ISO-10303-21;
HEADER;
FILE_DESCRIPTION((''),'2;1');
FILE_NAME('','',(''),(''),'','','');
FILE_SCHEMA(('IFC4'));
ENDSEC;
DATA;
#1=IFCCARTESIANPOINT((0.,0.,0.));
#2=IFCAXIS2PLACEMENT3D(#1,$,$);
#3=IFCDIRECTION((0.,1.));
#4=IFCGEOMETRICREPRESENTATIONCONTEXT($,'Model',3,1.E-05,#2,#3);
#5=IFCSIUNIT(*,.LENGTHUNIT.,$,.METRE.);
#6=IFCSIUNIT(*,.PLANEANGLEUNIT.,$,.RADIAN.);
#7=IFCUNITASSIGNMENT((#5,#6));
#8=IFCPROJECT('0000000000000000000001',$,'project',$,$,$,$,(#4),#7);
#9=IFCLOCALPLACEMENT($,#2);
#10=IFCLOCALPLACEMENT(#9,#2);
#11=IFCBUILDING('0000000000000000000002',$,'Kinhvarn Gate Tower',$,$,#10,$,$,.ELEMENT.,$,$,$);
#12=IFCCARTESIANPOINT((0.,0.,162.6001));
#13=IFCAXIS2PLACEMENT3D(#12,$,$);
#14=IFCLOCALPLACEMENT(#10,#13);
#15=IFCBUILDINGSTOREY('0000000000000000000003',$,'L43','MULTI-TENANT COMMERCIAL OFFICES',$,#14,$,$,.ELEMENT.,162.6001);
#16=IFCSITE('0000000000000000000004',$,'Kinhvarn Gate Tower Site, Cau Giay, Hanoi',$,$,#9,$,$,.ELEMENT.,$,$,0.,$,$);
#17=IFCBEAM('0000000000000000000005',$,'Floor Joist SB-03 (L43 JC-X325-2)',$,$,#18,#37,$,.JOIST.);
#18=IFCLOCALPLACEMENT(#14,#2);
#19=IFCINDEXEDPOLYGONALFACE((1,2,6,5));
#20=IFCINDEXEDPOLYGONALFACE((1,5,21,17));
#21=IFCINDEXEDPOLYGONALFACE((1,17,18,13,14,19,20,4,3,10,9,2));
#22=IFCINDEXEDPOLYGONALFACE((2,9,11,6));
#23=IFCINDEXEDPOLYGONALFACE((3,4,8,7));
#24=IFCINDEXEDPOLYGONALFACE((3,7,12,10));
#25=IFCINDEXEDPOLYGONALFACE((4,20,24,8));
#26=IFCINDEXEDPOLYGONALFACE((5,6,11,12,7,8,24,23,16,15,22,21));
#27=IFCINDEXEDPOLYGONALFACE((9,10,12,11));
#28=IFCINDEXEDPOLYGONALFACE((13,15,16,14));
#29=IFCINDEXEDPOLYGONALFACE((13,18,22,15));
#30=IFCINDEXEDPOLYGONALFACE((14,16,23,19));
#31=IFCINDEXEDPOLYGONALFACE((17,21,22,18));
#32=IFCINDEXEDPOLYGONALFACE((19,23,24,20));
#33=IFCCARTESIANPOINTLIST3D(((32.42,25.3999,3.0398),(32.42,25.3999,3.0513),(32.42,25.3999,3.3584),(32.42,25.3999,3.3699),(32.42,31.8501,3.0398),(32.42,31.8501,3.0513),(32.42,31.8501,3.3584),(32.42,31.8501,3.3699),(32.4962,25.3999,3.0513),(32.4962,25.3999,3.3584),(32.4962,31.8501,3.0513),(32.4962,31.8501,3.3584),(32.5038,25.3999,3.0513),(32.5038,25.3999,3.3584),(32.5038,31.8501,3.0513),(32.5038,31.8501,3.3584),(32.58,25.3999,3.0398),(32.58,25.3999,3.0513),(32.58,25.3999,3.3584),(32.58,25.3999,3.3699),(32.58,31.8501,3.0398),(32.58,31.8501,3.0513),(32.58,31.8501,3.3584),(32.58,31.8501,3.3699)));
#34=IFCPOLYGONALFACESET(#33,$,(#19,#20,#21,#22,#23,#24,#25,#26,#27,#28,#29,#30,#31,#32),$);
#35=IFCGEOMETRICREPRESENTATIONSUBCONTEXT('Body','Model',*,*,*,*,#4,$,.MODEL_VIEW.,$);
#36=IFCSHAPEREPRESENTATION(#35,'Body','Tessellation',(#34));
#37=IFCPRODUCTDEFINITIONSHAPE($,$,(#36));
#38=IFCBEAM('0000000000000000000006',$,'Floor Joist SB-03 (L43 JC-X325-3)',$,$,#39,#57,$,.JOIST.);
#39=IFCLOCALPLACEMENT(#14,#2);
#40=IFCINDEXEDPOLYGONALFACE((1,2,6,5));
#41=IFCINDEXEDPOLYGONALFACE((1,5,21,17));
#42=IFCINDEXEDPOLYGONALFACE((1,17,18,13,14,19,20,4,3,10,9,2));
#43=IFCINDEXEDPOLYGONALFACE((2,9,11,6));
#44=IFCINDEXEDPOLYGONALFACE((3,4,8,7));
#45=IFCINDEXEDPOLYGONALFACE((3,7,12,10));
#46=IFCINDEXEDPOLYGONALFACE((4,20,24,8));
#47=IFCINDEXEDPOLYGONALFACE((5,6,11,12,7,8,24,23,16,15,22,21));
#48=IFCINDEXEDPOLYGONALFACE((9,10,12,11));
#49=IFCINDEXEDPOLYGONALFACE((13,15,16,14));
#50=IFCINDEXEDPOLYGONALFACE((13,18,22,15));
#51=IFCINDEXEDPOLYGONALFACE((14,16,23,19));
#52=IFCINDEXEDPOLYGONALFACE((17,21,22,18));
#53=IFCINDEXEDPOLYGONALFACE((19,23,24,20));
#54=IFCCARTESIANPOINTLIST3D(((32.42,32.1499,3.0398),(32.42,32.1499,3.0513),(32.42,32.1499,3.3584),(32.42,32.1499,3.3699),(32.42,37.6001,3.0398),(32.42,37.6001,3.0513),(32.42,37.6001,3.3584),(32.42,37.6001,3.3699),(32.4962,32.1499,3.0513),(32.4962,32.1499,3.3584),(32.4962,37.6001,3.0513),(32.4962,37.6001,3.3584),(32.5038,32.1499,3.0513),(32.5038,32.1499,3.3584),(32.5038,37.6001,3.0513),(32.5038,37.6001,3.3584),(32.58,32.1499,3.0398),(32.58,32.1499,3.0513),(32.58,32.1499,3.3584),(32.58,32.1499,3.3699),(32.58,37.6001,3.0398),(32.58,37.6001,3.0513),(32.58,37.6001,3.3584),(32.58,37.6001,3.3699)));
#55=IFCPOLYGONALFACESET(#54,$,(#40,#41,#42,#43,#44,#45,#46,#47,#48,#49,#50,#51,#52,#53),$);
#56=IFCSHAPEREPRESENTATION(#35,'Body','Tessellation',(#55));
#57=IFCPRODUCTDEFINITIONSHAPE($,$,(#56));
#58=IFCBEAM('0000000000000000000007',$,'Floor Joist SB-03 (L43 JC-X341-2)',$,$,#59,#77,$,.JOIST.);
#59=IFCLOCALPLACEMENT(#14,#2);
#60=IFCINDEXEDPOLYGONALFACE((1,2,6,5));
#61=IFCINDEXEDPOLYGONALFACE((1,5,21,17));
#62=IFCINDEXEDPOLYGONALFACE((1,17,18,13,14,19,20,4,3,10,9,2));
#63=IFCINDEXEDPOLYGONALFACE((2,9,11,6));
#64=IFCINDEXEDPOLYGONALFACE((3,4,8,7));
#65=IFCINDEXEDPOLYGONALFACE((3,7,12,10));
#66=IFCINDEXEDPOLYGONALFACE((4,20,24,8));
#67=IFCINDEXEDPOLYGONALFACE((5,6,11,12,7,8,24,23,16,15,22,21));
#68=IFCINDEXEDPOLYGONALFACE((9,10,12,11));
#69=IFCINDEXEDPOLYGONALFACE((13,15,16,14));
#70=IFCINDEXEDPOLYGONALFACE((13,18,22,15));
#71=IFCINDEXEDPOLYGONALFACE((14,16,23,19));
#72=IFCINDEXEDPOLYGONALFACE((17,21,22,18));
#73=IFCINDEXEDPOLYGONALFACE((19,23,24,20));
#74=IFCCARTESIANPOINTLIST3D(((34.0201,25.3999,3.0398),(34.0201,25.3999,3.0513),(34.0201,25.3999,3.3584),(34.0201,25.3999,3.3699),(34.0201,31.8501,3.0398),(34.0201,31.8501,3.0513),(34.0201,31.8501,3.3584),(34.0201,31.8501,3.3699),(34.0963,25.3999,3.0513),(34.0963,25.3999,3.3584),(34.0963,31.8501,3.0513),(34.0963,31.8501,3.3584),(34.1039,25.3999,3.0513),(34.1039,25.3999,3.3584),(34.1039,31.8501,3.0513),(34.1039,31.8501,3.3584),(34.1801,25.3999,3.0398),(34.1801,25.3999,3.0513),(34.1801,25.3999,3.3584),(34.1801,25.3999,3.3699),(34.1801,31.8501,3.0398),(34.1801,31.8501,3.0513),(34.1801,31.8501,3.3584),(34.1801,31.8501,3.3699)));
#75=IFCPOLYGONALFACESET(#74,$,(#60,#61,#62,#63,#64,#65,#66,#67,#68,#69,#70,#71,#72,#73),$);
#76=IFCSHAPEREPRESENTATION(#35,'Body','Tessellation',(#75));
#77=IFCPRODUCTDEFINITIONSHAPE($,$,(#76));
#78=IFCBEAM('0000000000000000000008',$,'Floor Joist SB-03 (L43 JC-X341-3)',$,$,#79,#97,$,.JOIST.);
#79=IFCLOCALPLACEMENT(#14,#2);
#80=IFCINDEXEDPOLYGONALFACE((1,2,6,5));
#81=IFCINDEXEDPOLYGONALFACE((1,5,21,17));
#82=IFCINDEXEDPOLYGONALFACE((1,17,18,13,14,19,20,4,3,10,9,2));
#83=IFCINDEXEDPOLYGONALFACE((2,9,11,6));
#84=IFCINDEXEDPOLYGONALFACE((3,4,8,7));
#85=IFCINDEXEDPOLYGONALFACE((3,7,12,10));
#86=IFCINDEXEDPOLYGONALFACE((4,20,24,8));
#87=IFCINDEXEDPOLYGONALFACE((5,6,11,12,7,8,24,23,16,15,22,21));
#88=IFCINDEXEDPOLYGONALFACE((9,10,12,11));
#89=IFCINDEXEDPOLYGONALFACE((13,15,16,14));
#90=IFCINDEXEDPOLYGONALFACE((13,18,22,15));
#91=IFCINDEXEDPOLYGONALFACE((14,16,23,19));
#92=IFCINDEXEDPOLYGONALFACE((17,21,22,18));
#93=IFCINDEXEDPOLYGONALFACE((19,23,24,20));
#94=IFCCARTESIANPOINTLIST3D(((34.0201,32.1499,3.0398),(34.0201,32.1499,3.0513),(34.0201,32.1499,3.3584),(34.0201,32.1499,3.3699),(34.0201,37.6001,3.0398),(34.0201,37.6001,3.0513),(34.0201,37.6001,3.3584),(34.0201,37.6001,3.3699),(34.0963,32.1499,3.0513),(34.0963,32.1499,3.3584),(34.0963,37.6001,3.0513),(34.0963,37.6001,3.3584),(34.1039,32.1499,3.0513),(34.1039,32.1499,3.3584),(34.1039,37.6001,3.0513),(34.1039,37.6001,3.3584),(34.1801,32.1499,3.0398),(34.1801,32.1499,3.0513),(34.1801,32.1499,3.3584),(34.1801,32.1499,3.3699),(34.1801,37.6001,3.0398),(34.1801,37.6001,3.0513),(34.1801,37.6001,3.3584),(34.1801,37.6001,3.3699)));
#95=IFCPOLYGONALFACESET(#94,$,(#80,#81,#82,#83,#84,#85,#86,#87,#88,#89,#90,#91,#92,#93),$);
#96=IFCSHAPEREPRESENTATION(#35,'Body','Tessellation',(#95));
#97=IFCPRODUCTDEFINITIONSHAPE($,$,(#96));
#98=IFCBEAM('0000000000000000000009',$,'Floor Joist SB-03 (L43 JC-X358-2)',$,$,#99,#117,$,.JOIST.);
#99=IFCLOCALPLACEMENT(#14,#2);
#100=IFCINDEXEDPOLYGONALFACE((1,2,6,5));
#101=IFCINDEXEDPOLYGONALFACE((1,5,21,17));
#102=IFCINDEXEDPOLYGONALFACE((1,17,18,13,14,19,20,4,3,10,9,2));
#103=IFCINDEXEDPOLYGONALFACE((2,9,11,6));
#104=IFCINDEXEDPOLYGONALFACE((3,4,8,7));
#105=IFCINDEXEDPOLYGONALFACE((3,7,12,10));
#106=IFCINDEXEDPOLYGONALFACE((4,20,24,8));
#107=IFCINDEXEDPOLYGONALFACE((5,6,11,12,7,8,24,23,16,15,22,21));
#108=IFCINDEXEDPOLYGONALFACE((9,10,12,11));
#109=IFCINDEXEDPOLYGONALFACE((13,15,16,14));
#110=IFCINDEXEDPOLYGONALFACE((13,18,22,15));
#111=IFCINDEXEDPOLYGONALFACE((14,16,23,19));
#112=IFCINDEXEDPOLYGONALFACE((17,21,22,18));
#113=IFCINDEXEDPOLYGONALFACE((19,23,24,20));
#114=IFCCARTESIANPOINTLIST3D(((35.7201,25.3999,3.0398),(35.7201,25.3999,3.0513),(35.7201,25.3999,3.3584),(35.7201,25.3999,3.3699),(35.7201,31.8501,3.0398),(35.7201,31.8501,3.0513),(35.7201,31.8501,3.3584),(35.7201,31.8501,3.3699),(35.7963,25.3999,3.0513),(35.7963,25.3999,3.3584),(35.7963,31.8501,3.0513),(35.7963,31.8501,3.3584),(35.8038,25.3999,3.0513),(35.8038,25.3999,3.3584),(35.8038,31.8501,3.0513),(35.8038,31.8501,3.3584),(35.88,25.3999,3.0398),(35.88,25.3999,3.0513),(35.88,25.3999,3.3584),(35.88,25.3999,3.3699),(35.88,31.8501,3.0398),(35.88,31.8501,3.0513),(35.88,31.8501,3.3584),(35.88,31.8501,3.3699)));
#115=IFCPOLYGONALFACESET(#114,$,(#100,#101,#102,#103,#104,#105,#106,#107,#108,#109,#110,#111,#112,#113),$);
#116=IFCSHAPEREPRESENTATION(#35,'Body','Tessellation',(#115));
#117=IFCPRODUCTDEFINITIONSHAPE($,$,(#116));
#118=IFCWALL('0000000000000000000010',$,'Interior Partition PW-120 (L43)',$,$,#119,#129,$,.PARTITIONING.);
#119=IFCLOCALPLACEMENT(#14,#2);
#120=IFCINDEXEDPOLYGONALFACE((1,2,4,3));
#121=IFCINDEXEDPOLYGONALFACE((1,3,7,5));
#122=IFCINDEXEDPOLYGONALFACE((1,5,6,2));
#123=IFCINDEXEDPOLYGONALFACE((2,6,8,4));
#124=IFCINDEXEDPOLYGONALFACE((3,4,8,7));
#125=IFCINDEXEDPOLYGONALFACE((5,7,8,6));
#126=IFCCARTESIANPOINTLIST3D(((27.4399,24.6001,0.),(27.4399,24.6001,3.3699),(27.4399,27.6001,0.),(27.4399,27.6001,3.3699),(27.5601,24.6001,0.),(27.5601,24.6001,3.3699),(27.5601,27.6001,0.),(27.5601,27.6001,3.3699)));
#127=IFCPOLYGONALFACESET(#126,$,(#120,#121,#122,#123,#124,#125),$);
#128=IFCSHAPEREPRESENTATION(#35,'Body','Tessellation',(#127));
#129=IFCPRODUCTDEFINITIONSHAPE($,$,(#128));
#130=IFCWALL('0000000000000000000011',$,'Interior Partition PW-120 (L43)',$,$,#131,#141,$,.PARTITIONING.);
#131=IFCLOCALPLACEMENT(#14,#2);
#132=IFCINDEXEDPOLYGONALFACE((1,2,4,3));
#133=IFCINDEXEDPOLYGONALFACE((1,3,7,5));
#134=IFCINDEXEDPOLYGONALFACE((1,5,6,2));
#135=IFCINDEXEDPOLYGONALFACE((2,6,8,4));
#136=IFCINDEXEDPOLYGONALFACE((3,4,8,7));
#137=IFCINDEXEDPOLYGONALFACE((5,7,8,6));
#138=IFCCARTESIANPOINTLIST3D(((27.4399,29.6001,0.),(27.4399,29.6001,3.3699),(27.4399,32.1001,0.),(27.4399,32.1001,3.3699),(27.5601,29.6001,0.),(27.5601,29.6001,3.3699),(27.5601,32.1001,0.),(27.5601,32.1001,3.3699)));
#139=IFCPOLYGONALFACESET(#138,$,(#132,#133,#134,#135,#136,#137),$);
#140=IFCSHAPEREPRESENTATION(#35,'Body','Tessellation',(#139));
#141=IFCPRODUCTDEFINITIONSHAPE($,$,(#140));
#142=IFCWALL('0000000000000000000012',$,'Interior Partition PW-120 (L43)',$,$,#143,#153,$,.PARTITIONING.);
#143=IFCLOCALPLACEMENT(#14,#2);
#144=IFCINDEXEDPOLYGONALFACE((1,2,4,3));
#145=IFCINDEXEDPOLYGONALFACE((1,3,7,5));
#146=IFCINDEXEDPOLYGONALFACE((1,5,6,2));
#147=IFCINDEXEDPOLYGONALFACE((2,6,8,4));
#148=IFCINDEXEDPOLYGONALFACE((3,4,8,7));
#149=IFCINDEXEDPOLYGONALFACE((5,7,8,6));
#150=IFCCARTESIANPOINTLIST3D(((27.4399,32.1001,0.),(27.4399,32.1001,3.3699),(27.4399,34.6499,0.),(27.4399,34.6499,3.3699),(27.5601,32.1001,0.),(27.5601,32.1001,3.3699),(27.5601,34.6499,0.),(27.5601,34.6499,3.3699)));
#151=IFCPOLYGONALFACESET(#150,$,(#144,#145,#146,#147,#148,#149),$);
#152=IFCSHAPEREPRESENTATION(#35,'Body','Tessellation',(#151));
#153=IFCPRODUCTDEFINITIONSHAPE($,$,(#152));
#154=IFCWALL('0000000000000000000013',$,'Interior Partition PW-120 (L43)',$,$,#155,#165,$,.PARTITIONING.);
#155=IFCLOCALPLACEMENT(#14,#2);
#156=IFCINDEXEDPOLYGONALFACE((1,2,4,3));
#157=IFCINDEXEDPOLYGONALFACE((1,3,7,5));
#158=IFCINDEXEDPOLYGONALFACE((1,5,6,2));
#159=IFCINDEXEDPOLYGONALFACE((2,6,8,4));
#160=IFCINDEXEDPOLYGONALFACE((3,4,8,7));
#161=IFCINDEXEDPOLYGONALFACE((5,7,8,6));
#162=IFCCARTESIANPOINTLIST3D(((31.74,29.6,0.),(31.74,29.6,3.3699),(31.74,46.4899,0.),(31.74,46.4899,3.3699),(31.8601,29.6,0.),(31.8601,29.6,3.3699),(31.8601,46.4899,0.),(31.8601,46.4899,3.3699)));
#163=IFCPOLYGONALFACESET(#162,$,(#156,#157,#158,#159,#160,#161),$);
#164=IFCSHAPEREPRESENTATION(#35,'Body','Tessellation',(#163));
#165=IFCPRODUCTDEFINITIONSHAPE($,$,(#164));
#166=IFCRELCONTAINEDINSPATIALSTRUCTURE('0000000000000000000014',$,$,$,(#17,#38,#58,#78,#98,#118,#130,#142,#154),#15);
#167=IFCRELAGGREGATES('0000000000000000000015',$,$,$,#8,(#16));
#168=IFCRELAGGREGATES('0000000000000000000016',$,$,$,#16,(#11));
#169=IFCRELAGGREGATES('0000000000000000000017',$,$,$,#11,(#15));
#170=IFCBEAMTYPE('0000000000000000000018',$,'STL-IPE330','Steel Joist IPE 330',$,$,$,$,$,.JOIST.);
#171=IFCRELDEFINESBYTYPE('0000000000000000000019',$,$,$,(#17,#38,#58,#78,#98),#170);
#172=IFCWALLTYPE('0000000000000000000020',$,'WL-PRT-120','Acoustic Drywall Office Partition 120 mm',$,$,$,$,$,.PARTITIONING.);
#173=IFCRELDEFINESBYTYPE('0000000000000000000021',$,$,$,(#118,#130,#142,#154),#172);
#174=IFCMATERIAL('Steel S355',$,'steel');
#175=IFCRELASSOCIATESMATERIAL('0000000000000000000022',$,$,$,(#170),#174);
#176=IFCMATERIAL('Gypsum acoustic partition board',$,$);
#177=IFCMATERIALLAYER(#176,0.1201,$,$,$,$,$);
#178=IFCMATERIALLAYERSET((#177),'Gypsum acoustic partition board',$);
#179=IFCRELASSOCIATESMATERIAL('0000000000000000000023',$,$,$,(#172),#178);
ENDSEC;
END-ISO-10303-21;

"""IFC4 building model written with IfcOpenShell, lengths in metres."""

from ifc_helpers import new_model, si_unit, direction, frame, frame_2d, origin, origin_2d, place, context, subcontext, project, spatial, rectangle, i_section, extrude, material, layer, layer_set, material_profile, profile_set, type_object, element, save


model = new_model("IFC4")

# Units and contexts
model_context = context("Model", 3, precision=1e-05, world=origin(), true_north=direction((0.0, 1.0)))
body_context = subcontext(model_context, "Body", "Model", "MODEL_VIEW")
ifc_project = project(units=[si_unit("LENGTHUNIT", "METRE"), si_unit("PLANEANGLEUNIT", "RADIAN")], contexts=[model_context])

# Site, building, storey
site_placement = place(None, origin())
site = spatial("IfcSite", under=ifc_project, at=site_placement, Name="Kinhvarn Gate Tower Site, Cau Giay, Hanoi", CompositionType="ELEMENT", RefElevation=0.0)
building_placement = place(site_placement, origin())
building = spatial("IfcBuilding", under=site, at=building_placement, Name="Kinhvarn Gate Tower", CompositionType="ELEMENT")
storey_placement = place(building_placement, frame((0.0, 0.0, 162.6001)))
storey = spatial("IfcBuildingStorey", under=building, at=storey_placement, Name="L43", Description="MULTI-TENANT COMMERCIAL OFFICES", CompositionType="ELEMENT", Elevation=162.6001)

# Beams
ifc_material_1 = material(Name="Steel S355", Category="steel")
ifc_material_profile_1 = material_profile(ifc_material_1, i_section(OverallWidth=0.1599, OverallDepth=0.3301, WebThickness=0.0076, FlangeThickness=0.0115, at=origin_2d()), Name="IPE 330")
ifc_profile_set_1 = profile_set([ifc_material_profile_1], Name="Steel S355")
beam_type = type_object("IfcBeamType", Name="STL-IPE330", Description="Steel Joist IPE 330", PredefinedType="JOIST", material=ifc_profile_set_1)
beam_1_placement = place(storey_placement, frame((32.5, 25.3999, 3.2048), z_axis=(0.0, 1.0, 0.0), x_axis=(-1.0, 0.0, 0.0)))
element("IfcBeam", 1, at=beam_1_placement, inside=storey, type_object=beam_type, Name="Floor Joist SB-03 (L43 JC-X325-2)", PredefinedType="JOIST", context=body_context, shape_type="SweptSolid", body=[
    extrude(i_section(OverallWidth=0.1599, OverallDepth=0.3301, WebThickness=0.0076, FlangeThickness=0.0115, at=origin_2d()), origin(), (0.0, 0.0, 1.0), 6.4502),
])
beam_2_placement = place(storey_placement, frame((32.5, 32.1499, 3.2048), z_axis=(0.0, 1.0, 0.0), x_axis=(-1.0, 0.0, 0.0)))
element("IfcBeam", 2, at=beam_2_placement, inside=storey, type_object=beam_type, Name="Floor Joist SB-03 (L43 JC-X325-3)", PredefinedType="JOIST", context=body_context, shape_type="SweptSolid", body=[
    extrude(i_section(OverallWidth=0.1599, OverallDepth=0.3301, WebThickness=0.0076, FlangeThickness=0.0115, at=origin_2d()), origin(), (0.0, 0.0, 1.0), 5.4502),
])
beam_3_placement = place(storey_placement, frame((34.1001, 25.3999, 3.2048), z_axis=(0.0, 1.0, 0.0), x_axis=(-1.0, 0.0, 0.0)))
element("IfcBeam", 3, at=beam_3_placement, inside=storey, type_object=beam_type, Name="Floor Joist SB-03 (L43 JC-X341-2)", PredefinedType="JOIST", context=body_context, shape_type="SweptSolid", body=[
    extrude(i_section(OverallWidth=0.1599, OverallDepth=0.3301, WebThickness=0.0076, FlangeThickness=0.0115, at=origin_2d()), origin(), (0.0, 0.0, 1.0), 6.4502),
])
beam_4_placement = place(storey_placement, frame((34.1001, 32.1499, 3.2048), z_axis=(0.0, 1.0, 0.0), x_axis=(-1.0, 0.0, 0.0)))
element("IfcBeam", 4, at=beam_4_placement, inside=storey, type_object=beam_type, Name="Floor Joist SB-03 (L43 JC-X341-3)", PredefinedType="JOIST", context=body_context, shape_type="SweptSolid", body=[
    extrude(i_section(OverallWidth=0.1599, OverallDepth=0.3301, WebThickness=0.0076, FlangeThickness=0.0115, at=origin_2d()), origin(), (0.0, 0.0, 1.0), 5.4502),
])
beam_5_placement = place(storey_placement, frame((35.8, 25.3999, 3.2048), z_axis=(0.0, 1.0, 0.0), x_axis=(-1.0, 0.0, 0.0)))
element("IfcBeam", 5, at=beam_5_placement, inside=storey, type_object=beam_type, Name="Floor Joist SB-03 (L43 JC-X358-2)", PredefinedType="JOIST", context=body_context, shape_type="SweptSolid", body=[
    extrude(i_section(OverallWidth=0.1599, OverallDepth=0.3301, WebThickness=0.0076, FlangeThickness=0.0115, at=origin_2d()), origin(), (0.0, 0.0, 1.0), 6.4502),
])

# Walls
ifc_material_2 = material(Name="Gypsum acoustic partition board")
ifc_layer_1 = layer(ifc_material_2, 0.1201)
ifc_layer_set_1 = layer_set([ifc_layer_1], Name="Gypsum acoustic partition board")
wall_type_1 = type_object("IfcWallType", Name="WL-PRT-120", Description="Acoustic Drywall Office Partition 120 mm", PredefinedType="PARTITIONING", material=ifc_layer_set_1)
wall_1_placement = place(storey_placement, frame((27.5, 24.6001, 0.0), z_axis=(0.0, 0.0, 1.0), x_axis=(0.0, 1.0, 0.0)))
element("IfcWall", 6, at=wall_1_placement, inside=storey, type_object=wall_type_1, Name="Interior Partition PW-120 (L43)", PredefinedType="PARTITIONING", context=body_context, shape_type="SweptSolid", body=[
    extrude(rectangle(XDim=3.0, YDim=0.1201, at=frame_2d((1.5, 0.0))), origin(), (0.0, 0.0, 1.0), 3.3699),
])
wall_2_placement = place(storey_placement, frame((27.5, 29.6001, 0.0), z_axis=(0.0, 0.0, 1.0), x_axis=(0.0, 1.0, 0.0)))
element("IfcWall", 7, at=wall_2_placement, inside=storey, type_object=wall_type_1, Name="Interior Partition PW-120 (L43)", PredefinedType="PARTITIONING", context=body_context, shape_type="SweptSolid", body=[
    extrude(rectangle(XDim=2.5, YDim=0.1201, at=frame_2d((1.25, 0.0))), origin(), (0.0, 0.0, 1.0), 3.3699),
])
wall_3_placement = place(storey_placement, frame((27.5, 32.1001, 0.0), z_axis=(0.0, 0.0, 1.0), x_axis=(0.0, 1.0, 0.0)))
element("IfcWall", 8, at=wall_3_placement, inside=storey, type_object=wall_type_1, Name="Interior Partition PW-120 (L43)", PredefinedType="PARTITIONING", context=body_context, shape_type="SweptSolid", body=[
    extrude(rectangle(XDim=2.5498, YDim=0.1201, at=frame_2d((1.2749, 0.0))), origin(), (0.0, 0.0, 1.0), 3.3699),
])
wall_4_placement = place(storey_placement, frame((31.8, 29.6001, 0.0), z_axis=(0.0, 0.0, 1.0), x_axis=(0.0, 1.0, 0.0)))
element("IfcWall", 9, at=wall_4_placement, inside=storey, type_object=wall_type_1, Name="Interior Partition PW-120 (L43)", PredefinedType="PARTITIONING", context=body_context, shape_type="SweptSolid", body=[
    extrude(rectangle(XDim=16.8899, YDim=0.1201, at=frame_2d((8.4448, 0.0))), origin(), (0.0, 0.0, 1.0), 3.3699),
])

save(model, "model.ifc")
